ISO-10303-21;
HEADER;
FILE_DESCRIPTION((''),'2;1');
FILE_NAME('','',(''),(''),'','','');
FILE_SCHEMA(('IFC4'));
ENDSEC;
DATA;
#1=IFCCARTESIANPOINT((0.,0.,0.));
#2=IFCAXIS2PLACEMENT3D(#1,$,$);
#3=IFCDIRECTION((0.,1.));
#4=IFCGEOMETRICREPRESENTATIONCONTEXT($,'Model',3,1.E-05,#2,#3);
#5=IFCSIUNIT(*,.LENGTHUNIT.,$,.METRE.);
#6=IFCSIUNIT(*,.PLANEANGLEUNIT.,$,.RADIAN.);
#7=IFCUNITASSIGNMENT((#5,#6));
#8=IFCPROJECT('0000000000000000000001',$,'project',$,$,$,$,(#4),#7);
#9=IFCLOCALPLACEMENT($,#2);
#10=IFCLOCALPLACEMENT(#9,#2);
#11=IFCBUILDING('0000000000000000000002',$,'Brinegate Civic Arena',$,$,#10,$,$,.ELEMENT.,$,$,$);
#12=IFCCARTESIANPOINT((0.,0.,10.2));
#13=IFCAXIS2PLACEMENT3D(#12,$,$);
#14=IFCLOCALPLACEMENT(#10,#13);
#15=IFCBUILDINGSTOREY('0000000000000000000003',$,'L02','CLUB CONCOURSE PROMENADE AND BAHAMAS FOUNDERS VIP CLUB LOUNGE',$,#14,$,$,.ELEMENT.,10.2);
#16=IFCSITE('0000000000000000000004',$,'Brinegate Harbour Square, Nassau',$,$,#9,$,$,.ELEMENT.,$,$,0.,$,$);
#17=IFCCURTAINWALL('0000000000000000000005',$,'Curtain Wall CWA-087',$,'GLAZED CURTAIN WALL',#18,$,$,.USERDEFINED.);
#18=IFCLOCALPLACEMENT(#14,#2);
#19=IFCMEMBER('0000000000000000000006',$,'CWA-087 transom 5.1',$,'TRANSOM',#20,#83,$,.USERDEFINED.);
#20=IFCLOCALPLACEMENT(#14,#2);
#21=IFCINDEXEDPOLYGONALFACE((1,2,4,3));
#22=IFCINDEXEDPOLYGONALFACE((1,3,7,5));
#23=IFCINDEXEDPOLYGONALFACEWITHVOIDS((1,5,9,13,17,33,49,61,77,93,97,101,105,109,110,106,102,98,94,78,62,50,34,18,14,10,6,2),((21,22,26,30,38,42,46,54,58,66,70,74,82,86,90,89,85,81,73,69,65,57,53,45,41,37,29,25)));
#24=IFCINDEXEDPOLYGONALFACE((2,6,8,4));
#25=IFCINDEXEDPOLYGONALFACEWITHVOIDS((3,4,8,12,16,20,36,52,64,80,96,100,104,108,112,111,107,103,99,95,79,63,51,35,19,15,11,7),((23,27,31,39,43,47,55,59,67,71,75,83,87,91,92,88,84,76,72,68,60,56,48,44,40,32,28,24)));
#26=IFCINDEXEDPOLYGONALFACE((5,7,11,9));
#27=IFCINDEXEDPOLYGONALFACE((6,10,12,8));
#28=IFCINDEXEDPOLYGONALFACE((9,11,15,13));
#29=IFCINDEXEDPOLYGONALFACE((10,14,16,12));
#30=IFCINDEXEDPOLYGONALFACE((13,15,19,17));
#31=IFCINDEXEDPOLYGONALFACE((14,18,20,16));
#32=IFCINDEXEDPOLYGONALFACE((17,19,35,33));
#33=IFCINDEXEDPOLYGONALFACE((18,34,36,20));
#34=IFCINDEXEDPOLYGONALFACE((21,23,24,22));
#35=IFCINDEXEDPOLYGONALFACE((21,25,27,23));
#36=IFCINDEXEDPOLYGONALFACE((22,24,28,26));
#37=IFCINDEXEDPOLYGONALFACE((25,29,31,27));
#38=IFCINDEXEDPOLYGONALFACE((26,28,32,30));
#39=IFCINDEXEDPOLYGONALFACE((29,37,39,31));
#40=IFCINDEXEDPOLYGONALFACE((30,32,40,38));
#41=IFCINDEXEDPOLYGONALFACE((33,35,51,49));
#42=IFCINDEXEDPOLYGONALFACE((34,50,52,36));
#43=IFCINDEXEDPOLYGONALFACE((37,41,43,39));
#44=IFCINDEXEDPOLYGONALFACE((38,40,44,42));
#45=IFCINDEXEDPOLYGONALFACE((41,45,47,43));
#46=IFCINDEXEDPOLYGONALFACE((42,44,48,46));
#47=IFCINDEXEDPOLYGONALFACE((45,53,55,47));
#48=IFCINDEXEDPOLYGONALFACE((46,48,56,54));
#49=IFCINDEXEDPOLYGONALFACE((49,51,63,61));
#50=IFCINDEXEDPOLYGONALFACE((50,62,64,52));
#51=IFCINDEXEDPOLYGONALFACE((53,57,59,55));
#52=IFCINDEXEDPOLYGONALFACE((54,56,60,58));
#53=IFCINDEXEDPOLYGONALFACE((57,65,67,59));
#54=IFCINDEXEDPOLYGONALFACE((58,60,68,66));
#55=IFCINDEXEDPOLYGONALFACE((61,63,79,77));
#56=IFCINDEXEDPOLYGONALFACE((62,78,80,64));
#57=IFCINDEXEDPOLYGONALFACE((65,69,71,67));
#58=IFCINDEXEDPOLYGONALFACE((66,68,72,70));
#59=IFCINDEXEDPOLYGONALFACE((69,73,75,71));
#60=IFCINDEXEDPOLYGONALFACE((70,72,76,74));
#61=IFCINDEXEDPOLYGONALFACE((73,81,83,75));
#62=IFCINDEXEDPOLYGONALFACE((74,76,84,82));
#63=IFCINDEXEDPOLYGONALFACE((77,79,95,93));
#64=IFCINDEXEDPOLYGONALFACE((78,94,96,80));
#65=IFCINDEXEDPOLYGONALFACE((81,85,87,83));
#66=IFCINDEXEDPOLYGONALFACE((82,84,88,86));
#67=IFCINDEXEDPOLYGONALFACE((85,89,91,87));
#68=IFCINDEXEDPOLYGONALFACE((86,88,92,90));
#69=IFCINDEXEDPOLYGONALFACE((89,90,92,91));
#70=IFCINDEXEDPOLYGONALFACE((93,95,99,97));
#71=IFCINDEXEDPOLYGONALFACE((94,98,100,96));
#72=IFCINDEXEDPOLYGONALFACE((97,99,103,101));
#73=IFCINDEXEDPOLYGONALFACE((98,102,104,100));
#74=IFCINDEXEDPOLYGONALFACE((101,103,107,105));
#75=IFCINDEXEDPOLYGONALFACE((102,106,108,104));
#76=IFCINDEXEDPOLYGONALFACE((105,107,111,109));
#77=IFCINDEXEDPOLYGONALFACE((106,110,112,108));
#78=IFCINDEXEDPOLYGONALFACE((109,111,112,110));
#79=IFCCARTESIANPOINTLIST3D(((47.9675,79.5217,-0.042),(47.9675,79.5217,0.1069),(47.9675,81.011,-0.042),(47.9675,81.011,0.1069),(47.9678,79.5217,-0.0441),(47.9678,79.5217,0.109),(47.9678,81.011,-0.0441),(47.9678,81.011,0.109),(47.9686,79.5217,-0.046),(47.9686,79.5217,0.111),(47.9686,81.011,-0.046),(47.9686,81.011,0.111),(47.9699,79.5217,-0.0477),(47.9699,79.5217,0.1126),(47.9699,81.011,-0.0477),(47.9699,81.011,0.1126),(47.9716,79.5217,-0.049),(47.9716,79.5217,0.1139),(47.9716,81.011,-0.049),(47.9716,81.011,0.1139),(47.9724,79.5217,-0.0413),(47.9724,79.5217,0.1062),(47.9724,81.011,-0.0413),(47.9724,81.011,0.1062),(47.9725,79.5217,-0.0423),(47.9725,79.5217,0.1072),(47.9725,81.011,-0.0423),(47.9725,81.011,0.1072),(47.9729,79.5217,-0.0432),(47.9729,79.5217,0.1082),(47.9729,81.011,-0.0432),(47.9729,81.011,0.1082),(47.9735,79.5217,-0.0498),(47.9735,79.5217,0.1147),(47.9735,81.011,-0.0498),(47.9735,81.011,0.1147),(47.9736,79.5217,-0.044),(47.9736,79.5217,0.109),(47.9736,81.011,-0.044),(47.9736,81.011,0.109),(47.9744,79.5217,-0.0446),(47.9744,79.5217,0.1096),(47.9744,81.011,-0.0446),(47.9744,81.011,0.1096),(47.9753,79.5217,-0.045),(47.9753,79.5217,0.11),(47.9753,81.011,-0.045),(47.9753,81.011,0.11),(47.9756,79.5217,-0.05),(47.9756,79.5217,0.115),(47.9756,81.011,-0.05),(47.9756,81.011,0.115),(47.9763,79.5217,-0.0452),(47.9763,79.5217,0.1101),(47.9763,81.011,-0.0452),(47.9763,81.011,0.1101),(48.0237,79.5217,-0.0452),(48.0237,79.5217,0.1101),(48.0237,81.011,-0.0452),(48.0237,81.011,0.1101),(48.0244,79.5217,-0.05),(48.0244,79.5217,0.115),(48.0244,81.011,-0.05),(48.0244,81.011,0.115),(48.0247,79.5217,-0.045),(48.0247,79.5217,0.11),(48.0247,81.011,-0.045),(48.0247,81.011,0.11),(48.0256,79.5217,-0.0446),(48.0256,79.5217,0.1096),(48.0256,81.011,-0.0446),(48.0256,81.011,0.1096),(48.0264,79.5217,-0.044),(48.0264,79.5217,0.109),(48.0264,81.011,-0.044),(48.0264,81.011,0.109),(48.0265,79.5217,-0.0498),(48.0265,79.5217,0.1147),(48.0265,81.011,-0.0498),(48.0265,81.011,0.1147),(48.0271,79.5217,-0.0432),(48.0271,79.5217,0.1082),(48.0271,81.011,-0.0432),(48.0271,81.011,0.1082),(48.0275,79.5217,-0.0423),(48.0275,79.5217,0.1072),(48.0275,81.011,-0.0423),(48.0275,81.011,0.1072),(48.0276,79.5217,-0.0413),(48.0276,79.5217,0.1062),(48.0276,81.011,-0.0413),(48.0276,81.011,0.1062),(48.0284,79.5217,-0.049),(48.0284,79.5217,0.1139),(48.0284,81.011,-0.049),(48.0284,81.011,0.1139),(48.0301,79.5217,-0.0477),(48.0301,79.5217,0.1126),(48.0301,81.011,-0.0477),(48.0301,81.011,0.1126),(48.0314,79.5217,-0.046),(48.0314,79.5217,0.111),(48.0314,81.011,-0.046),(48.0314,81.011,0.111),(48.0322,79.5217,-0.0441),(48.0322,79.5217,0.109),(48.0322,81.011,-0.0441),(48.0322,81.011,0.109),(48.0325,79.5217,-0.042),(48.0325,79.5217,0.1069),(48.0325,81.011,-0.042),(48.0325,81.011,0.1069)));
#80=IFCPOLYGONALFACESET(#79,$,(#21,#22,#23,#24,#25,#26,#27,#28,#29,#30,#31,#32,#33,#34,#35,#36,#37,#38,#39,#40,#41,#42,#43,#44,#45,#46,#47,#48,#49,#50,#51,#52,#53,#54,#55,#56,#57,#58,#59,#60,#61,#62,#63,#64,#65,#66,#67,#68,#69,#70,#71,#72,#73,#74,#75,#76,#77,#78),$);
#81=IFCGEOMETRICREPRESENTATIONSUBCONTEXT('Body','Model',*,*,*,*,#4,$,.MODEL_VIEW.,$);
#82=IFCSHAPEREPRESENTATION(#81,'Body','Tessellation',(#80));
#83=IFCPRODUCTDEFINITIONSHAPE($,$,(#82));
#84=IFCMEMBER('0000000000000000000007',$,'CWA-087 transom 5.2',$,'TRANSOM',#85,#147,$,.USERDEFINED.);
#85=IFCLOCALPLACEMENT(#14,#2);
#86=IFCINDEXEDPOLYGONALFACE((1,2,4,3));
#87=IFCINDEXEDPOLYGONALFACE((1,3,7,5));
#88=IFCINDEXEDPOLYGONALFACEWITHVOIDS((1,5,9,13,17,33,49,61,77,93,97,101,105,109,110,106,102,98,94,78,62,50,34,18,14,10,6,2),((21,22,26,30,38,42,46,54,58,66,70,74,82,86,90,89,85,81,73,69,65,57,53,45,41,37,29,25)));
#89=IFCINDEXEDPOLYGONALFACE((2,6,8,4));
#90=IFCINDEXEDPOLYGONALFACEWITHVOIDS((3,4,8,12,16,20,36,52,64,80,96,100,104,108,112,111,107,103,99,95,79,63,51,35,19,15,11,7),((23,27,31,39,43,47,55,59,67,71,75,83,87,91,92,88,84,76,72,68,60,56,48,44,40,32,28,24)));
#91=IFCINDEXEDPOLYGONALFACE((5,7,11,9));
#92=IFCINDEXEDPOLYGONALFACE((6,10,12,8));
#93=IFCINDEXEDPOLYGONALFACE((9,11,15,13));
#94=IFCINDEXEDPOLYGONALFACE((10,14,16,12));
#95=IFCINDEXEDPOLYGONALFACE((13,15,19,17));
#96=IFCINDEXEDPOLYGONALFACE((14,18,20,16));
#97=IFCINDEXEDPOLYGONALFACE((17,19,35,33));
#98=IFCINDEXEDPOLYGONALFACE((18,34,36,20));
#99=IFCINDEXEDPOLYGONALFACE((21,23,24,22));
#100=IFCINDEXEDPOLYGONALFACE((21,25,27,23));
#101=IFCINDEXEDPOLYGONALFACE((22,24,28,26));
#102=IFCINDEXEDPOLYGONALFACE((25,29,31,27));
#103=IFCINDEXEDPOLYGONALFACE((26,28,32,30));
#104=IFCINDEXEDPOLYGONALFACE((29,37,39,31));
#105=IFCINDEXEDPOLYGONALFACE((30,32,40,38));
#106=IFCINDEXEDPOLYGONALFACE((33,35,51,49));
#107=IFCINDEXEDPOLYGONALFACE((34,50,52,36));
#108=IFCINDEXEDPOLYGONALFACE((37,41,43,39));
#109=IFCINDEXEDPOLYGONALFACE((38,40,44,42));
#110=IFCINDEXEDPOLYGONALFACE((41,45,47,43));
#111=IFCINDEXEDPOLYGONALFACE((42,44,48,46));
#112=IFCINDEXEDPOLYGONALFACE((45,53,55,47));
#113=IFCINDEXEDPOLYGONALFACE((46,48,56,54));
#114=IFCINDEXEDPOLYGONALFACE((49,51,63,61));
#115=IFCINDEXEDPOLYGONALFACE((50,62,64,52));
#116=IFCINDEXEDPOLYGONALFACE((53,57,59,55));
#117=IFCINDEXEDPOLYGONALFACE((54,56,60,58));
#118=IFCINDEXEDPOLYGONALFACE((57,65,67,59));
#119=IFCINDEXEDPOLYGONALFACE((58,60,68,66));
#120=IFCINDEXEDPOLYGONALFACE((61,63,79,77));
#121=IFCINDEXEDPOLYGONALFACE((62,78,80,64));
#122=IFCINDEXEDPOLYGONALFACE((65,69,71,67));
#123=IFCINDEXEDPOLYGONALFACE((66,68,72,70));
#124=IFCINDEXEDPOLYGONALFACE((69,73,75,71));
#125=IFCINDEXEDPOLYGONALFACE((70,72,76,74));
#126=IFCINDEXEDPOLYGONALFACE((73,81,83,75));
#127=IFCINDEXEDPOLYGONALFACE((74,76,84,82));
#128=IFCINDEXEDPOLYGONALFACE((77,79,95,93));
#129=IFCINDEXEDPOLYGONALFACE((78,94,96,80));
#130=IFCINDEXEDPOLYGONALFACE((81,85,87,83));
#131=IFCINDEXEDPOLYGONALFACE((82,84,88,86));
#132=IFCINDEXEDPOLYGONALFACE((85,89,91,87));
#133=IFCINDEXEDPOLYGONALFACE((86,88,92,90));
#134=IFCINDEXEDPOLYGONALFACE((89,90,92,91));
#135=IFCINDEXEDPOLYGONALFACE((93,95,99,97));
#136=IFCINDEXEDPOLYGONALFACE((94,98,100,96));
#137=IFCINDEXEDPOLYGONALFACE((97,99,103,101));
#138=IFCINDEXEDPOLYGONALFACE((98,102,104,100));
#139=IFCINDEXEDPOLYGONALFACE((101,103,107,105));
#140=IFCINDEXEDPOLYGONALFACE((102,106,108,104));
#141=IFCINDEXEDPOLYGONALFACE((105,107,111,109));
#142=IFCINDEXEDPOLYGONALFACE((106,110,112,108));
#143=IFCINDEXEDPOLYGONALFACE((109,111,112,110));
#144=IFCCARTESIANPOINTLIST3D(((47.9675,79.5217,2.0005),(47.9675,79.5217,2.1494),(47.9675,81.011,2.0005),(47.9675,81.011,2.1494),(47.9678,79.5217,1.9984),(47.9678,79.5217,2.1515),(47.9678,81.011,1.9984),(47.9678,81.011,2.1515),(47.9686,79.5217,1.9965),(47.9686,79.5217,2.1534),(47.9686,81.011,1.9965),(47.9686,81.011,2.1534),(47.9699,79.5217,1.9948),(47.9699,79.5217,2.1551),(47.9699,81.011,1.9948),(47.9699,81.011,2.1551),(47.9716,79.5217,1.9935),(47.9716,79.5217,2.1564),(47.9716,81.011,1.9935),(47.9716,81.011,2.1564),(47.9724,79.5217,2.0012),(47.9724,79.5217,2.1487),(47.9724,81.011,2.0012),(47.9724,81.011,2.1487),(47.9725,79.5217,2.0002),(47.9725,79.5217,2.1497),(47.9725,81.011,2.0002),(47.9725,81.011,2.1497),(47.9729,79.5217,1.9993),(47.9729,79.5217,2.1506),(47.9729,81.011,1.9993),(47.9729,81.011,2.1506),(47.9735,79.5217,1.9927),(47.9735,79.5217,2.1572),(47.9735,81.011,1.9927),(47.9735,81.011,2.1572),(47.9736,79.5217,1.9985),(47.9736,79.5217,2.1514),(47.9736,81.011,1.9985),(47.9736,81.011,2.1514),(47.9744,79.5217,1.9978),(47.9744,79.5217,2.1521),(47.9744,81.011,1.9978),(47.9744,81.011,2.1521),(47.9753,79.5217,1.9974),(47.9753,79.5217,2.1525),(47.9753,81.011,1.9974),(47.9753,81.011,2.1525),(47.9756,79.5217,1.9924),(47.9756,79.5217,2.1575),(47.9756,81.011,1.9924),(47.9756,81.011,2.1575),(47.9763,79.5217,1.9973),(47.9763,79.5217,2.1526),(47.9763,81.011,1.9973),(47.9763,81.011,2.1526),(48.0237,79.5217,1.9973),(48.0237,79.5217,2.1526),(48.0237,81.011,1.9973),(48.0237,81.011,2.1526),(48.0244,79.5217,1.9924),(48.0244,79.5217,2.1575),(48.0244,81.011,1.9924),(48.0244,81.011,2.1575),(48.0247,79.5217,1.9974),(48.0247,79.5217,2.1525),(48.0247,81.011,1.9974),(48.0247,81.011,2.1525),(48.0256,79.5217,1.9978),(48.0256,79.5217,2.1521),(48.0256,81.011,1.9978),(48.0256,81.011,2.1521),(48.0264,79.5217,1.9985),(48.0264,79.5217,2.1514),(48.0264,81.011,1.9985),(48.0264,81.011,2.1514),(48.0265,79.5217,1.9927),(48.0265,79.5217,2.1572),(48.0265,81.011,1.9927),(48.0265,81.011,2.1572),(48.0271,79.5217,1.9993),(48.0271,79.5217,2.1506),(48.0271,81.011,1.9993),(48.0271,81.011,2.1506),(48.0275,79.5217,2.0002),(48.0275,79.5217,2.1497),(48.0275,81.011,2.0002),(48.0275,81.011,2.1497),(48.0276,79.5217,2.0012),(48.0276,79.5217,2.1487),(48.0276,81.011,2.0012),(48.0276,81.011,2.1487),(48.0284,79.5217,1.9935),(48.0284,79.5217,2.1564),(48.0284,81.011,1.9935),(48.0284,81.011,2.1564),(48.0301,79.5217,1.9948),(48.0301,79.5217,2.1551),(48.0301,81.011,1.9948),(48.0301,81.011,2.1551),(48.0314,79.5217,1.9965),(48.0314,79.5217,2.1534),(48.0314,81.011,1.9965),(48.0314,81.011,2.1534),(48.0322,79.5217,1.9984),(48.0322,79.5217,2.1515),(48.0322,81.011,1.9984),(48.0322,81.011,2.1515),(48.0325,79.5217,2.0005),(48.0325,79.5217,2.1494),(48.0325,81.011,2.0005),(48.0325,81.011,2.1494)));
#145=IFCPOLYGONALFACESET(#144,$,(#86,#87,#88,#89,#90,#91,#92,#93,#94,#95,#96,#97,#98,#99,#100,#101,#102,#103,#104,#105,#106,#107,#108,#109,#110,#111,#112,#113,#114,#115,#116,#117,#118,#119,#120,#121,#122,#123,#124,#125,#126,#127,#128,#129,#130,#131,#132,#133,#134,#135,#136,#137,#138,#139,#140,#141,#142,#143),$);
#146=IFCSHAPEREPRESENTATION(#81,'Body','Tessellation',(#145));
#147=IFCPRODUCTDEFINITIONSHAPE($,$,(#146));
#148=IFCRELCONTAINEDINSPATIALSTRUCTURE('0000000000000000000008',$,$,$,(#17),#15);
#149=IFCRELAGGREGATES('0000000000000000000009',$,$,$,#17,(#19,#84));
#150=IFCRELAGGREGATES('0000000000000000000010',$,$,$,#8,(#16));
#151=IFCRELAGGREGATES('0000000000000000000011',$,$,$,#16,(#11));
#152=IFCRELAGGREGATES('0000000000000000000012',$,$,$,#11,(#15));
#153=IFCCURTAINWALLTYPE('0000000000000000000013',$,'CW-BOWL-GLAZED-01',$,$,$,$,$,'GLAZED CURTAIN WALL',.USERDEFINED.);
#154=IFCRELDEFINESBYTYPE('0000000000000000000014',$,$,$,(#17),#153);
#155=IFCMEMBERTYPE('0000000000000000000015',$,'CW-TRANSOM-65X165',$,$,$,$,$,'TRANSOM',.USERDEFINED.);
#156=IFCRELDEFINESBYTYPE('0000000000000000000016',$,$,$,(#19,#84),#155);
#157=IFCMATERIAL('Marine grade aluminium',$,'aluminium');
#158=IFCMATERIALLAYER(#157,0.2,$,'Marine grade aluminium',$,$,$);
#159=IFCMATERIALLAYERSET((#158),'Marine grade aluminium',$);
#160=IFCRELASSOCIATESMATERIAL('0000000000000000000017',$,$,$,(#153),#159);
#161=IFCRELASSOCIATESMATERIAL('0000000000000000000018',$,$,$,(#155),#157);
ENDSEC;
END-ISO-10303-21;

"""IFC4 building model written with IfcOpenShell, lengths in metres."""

from ifc_helpers import new_model, si_unit, direction, frame, origin, origin_2d, place, context, subcontext, project, spatial, hollow_rectangle, extrude, material, layer, layer_set, material_profile, profile_set, type_object, element, aggregate, save


model = new_model("IFC4")

# Units and contexts
model_context = context("Model", 3, precision=1e-05, world=origin(), true_north=direction((0.0, 1.0)))
body_context = subcontext(model_context, "Body", "Model", "MODEL_VIEW")
ifc_project = project(units=[si_unit("LENGTHUNIT", "METRE"), si_unit("PLANEANGLEUNIT", "RADIAN")], contexts=[model_context])

# Site, building, storey
site_placement = place(None, origin())
site = spatial("IfcSite", under=ifc_project, at=site_placement, Name="Brinegate Harbour Square, Nassau", CompositionType="ELEMENT", RefElevation=0.0)
building_placement = place(site_placement, origin())
building = spatial("IfcBuilding", under=site, at=building_placement, Name="Brinegate Civic Arena", CompositionType="ELEMENT")
storey_placement = place(building_placement, frame((0.0, 0.0, 10.2)))
storey = spatial("IfcBuildingStorey", under=building, at=storey_placement, Name="L02", Description="CLUB CONCOURSE PROMENADE AND BAHAMAS FOUNDERS VIP CLUB LOUNGE", CompositionType="ELEMENT", Elevation=10.2)

# Shared definitions
ifc_material_1 = material(Name="Marine grade aluminium", Category="aluminium")
ifc_layer_1 = layer(ifc_material_1, 0.2, Name="Marine grade aluminium")
ifc_layer_set_1 = layer_set([ifc_layer_1], Name="Marine grade aluminium")
curtain_wall_type = type_object("IfcCurtainWallType", Name="CW-BOWL-GLAZED-01", ElementType="GLAZED CURTAIN WALL", PredefinedType="USERDEFINED", material=ifc_layer_set_1)

# Curtain wall
curtain_wall_1_placement = place(storey_placement, origin())
curtain_wall_1 = element("IfcCurtainWall", 1, at=curtain_wall_1_placement, inside=storey, type_object=curtain_wall_type, Name="Curtain Wall CWA-087", ObjectType="GLAZED CURTAIN WALL", PredefinedType="USERDEFINED")

# Members
ifc_material_profile_1 = material_profile(ifc_material_1, hollow_rectangle(XDim=0.0649, YDim=0.165, WallThickness=0.0049, InnerFilletRadius=0.0039, OuterFilletRadius=0.0081, at=origin_2d()), Name="TRN65X165")
ifc_profile_set_1 = profile_set([ifc_material_profile_1], Name="Marine grade aluminium")
member_type_1 = type_object("IfcMemberType", Name="CW-TRANSOM-65X165", ElementType="TRANSOM", PredefinedType="USERDEFINED", material=ifc_profile_set_1)
member_1_placement = place(storey_placement, frame((48.0, 79.5217, 0.0325), z_axis=(0.0, 1.0, 0.0), x_axis=(-1.0, 0.0, 0.0)))
member_1 = element("IfcMember", 2, at=member_1_placement, type_object=member_type_1, Name="CWA-087 transom 5.1", ObjectType="TRANSOM", PredefinedType="USERDEFINED", context=body_context, shape_type="SweptSolid", body=[
    extrude(hollow_rectangle(XDim=0.0649, YDim=0.165, WallThickness=0.0049, InnerFilletRadius=0.0039, OuterFilletRadius=0.0081, at=origin_2d()), origin(), (0.0, 0.0, 1.0), 1.4893),
])
member_2_placement = place(storey_placement, frame((48.0, 79.5217, 2.075), z_axis=(0.0, 1.0, 0.0), x_axis=(-1.0, 0.0, 0.0)))
member_2 = element("IfcMember", 3, at=member_2_placement, type_object=member_type_1, Name="CWA-087 transom 5.2", ObjectType="TRANSOM", PredefinedType="USERDEFINED", context=body_context, shape_type="SweptSolid", body=[
    extrude(hollow_rectangle(XDim=0.0649, YDim=0.165, WallThickness=0.0049, InnerFilletRadius=0.0039, OuterFilletRadius=0.0081, at=origin_2d()), origin(), (0.0, 0.0, 1.0), 1.4893),
])

aggregate(curtain_wall_1, [member_1, member_2])

save(model, "model.ifc")
